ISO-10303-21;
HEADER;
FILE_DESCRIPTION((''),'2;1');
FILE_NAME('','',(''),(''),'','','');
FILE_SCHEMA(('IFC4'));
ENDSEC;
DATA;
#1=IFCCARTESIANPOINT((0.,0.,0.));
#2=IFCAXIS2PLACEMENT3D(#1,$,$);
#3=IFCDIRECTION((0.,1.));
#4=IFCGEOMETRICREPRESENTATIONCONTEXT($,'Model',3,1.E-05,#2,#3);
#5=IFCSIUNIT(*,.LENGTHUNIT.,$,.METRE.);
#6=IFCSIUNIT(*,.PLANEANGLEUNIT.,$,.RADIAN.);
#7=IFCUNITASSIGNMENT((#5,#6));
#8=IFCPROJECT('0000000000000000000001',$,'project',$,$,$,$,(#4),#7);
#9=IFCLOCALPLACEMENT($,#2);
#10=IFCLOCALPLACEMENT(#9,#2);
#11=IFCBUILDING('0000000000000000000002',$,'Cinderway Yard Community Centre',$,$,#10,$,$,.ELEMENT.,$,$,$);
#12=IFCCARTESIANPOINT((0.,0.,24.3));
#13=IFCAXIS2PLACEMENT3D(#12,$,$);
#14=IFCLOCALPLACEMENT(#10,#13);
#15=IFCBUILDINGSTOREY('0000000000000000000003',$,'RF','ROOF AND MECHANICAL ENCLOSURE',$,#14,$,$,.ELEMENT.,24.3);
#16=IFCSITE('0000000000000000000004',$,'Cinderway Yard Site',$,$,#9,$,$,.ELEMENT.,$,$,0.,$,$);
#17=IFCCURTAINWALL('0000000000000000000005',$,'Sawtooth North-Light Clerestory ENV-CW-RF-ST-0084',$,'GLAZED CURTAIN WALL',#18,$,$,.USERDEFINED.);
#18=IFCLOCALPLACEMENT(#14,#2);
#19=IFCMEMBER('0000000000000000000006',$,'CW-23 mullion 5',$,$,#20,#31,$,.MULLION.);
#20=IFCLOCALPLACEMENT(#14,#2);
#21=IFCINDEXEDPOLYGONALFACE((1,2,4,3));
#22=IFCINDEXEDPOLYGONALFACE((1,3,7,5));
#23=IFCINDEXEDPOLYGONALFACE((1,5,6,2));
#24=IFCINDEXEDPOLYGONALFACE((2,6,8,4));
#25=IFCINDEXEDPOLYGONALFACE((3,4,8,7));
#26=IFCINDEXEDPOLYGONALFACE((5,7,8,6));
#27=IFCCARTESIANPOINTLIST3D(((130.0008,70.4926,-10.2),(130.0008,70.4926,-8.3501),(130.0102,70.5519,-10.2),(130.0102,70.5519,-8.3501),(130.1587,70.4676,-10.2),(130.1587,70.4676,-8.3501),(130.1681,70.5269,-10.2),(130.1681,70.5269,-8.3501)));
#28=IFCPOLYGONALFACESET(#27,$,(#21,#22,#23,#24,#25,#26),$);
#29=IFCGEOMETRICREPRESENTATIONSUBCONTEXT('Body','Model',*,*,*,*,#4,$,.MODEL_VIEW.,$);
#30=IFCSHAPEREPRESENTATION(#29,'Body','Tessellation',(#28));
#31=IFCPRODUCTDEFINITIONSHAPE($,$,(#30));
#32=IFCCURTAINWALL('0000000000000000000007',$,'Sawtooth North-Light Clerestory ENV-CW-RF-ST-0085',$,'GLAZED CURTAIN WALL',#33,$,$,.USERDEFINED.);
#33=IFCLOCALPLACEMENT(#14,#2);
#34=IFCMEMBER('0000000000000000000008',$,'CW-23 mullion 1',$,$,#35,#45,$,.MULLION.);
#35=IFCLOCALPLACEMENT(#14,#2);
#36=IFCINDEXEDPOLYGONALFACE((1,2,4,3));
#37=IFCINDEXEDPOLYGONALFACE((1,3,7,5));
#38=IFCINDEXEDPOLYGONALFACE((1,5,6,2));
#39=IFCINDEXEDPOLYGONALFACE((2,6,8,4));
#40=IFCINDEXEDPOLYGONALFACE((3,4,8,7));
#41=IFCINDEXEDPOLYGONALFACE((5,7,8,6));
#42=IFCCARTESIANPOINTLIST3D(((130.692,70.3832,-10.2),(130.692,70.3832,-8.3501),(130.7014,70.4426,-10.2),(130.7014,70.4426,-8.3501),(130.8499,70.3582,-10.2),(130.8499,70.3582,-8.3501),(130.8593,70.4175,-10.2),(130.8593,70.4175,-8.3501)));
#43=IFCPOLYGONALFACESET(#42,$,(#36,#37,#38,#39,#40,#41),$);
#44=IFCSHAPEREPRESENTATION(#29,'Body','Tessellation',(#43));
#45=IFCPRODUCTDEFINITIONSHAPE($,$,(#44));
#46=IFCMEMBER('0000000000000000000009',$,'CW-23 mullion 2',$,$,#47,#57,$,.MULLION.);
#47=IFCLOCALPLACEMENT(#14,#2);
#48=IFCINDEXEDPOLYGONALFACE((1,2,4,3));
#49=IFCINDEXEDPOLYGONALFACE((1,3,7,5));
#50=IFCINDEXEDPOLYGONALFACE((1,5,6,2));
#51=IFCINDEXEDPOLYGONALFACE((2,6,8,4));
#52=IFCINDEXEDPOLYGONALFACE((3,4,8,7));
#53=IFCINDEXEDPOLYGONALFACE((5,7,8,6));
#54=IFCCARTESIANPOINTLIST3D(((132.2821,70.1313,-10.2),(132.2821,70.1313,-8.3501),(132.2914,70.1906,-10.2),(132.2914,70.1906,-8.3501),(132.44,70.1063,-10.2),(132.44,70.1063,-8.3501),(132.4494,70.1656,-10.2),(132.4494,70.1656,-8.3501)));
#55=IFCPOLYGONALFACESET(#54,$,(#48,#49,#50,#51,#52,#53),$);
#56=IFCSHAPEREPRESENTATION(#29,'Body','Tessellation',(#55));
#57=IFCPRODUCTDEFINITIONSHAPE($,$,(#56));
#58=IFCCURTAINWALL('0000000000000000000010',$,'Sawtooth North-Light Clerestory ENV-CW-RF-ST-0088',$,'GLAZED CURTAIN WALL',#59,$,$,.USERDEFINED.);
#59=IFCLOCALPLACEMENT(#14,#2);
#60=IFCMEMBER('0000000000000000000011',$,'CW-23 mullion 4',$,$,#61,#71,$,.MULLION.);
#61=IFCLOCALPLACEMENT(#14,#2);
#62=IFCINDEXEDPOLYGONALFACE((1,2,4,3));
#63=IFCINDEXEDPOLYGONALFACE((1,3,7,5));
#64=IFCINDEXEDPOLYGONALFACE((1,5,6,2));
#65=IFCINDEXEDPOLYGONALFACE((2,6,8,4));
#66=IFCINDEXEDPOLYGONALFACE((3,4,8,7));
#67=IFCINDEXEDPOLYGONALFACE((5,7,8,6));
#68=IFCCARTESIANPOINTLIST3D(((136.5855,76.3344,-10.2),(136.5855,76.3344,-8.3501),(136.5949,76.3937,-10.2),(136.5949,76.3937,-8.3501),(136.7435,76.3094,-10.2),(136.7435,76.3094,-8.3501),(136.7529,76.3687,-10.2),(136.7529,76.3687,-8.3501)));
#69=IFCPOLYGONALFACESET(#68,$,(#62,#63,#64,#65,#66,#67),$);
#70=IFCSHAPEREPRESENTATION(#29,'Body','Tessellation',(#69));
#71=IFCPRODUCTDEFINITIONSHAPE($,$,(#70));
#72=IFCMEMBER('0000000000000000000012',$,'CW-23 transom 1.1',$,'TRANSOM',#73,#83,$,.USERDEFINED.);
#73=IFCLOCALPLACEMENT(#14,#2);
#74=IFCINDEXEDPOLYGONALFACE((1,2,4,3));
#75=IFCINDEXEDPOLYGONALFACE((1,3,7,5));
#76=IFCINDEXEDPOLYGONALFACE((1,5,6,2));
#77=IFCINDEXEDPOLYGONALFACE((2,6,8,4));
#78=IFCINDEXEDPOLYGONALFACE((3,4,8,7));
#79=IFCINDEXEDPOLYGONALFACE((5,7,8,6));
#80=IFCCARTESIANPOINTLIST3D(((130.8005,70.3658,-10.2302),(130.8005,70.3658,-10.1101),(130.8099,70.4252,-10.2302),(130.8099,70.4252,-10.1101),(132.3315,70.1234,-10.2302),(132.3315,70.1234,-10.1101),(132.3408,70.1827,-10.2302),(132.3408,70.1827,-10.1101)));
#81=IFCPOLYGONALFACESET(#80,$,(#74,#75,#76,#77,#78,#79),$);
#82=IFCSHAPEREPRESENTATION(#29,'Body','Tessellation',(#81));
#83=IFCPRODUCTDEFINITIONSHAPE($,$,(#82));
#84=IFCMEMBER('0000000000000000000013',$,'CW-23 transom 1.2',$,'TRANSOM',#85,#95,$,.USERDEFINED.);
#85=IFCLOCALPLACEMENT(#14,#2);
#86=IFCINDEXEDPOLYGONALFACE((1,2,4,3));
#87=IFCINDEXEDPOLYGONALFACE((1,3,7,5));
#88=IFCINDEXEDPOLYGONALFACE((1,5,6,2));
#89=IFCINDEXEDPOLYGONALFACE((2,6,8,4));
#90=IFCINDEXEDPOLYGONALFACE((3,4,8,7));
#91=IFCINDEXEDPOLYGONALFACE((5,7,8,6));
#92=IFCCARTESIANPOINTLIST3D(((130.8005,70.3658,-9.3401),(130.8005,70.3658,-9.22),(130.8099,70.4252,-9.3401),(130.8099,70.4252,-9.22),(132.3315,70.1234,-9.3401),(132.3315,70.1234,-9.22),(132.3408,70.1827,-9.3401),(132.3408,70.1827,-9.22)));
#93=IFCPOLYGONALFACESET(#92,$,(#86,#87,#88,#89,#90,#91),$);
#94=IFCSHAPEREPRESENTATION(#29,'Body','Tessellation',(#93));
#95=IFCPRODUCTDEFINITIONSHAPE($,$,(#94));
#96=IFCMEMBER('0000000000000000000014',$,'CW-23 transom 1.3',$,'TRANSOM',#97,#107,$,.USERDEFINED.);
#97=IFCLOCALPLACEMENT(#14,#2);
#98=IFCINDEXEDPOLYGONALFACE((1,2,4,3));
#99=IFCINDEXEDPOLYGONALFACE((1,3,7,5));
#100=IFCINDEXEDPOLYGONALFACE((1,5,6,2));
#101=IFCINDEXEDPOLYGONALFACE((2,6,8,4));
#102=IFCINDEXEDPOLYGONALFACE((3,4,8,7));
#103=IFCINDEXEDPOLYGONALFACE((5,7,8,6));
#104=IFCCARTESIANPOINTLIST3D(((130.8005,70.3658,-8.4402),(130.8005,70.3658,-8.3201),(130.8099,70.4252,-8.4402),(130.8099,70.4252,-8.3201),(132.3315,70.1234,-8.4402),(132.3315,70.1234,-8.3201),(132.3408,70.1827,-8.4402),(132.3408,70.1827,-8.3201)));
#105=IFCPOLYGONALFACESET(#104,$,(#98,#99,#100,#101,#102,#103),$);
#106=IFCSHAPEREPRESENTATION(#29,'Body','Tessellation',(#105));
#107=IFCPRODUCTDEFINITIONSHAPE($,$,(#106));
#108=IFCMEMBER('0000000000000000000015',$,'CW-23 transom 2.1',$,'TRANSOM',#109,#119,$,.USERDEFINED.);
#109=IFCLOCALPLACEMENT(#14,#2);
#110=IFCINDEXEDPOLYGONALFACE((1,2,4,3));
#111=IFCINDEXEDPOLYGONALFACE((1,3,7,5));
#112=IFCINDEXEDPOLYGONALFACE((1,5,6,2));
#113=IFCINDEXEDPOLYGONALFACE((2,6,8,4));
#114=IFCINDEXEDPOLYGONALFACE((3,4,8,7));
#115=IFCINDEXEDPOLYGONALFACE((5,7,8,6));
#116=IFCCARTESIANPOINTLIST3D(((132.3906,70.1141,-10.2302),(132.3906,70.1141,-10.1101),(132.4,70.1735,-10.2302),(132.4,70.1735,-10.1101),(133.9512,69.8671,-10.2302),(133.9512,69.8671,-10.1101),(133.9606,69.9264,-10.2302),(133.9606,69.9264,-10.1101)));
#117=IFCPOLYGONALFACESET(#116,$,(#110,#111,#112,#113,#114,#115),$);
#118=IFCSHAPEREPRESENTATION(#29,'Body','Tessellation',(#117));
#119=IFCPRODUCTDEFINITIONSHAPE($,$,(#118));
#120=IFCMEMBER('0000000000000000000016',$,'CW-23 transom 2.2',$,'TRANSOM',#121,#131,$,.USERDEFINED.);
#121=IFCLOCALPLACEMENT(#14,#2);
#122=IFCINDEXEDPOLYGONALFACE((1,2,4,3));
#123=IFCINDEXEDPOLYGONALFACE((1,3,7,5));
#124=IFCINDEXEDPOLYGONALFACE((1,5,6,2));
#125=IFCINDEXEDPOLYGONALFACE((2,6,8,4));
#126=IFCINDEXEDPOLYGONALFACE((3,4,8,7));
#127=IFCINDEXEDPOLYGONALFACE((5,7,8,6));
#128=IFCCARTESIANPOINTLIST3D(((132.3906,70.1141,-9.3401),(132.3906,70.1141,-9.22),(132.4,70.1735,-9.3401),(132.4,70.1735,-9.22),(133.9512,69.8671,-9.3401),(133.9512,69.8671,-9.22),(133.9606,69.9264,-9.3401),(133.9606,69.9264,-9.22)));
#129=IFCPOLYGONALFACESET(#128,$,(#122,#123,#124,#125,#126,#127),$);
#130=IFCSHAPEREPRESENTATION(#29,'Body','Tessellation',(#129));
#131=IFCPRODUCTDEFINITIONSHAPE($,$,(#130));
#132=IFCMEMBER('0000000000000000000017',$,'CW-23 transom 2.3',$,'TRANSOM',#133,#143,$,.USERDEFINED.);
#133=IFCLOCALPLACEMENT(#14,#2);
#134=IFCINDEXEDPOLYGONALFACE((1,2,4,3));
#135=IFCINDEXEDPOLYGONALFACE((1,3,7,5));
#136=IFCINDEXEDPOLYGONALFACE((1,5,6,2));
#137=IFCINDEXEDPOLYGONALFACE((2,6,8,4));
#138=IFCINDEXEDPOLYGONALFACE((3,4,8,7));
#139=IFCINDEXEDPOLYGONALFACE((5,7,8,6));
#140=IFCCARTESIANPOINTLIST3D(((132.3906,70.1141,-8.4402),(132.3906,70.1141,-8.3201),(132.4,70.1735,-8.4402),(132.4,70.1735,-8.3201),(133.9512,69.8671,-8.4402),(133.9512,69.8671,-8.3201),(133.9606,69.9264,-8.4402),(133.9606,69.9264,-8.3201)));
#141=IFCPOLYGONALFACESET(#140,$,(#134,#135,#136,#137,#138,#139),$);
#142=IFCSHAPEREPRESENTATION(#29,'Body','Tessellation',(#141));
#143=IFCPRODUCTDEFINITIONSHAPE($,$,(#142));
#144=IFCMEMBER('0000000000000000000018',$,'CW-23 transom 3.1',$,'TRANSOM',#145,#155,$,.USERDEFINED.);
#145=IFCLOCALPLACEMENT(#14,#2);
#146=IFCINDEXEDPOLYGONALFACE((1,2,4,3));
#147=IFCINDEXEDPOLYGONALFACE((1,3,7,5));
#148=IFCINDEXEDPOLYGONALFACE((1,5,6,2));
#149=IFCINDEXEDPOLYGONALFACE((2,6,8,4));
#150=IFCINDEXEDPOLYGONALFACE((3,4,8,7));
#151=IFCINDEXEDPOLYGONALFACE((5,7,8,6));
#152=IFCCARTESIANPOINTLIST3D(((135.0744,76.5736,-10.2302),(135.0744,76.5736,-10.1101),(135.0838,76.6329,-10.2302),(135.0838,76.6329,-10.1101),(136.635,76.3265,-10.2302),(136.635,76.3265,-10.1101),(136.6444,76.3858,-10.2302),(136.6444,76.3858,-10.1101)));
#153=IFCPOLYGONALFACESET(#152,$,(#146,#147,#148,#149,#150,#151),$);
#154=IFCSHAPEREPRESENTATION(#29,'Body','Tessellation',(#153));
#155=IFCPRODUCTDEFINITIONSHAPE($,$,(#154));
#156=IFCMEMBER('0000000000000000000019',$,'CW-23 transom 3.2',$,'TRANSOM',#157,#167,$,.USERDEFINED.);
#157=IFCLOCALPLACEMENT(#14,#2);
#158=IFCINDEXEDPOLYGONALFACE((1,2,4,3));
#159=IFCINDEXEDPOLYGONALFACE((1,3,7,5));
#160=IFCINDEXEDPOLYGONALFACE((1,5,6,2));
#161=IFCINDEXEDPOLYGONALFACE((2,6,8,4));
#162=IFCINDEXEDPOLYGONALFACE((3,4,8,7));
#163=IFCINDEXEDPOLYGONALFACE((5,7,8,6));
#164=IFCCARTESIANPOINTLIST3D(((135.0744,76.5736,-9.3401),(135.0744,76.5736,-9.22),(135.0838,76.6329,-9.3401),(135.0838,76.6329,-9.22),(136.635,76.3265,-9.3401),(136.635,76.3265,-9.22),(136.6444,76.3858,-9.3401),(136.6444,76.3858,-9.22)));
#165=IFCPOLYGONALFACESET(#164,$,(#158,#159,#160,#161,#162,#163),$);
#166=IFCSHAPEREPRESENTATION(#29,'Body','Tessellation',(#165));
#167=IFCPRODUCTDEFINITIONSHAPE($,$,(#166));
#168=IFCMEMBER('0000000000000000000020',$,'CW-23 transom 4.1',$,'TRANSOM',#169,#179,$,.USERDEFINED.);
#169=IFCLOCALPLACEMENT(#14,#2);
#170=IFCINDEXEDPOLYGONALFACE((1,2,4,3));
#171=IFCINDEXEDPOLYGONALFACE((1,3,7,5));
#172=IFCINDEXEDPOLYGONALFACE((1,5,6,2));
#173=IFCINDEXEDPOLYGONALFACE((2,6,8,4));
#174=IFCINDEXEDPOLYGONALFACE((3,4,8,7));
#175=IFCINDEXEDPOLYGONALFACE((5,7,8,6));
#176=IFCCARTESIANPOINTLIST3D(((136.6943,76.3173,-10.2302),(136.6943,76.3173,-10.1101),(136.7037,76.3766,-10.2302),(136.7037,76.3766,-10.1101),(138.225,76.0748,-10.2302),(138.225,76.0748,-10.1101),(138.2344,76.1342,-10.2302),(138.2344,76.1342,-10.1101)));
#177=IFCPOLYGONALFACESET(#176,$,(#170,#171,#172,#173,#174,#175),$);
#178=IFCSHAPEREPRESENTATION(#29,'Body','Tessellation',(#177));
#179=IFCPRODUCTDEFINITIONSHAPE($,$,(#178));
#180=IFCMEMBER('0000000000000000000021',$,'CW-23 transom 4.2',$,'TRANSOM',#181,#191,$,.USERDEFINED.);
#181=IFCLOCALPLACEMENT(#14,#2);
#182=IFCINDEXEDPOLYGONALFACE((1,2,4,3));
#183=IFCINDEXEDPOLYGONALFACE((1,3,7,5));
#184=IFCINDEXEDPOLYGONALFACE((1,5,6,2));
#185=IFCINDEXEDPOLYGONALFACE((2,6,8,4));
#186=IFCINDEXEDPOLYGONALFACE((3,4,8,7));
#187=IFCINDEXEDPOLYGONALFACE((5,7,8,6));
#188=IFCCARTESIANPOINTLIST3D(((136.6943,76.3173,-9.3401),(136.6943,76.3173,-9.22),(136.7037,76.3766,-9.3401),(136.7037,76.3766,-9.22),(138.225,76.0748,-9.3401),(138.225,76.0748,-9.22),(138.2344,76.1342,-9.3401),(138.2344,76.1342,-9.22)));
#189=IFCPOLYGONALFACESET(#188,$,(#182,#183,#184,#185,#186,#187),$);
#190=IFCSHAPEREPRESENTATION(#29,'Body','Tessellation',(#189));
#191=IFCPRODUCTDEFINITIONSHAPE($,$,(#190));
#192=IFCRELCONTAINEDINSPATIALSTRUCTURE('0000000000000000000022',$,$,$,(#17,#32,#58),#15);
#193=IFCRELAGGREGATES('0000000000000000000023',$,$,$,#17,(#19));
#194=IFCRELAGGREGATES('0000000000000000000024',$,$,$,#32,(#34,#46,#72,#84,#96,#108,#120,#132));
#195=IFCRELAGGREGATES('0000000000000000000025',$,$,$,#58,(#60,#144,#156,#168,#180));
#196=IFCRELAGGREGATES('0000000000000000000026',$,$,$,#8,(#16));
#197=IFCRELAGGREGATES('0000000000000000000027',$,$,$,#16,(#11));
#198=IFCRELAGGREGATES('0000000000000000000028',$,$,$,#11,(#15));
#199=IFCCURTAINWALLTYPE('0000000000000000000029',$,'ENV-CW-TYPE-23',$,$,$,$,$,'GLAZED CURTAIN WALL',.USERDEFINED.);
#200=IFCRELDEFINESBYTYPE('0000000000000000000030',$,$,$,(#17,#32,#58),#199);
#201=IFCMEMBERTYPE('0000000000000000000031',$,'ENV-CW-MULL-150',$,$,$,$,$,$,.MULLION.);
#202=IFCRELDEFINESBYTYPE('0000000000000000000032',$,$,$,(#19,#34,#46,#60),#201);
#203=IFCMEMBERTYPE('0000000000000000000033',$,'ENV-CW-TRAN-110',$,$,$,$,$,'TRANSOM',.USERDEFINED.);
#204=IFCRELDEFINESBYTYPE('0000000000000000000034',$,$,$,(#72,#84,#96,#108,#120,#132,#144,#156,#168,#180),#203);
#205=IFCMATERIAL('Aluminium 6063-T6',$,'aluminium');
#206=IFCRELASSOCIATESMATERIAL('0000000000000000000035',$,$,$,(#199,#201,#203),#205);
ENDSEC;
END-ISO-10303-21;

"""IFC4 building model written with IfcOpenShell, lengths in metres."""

from ifc_helpers import new_model, si_unit, direction, frame, origin, origin_2d, place, context, subcontext, project, spatial, rectangle, extrude, material, material_profile, profile_set, type_object, element, aggregate, save


model = new_model("IFC4")

# Units and contexts
model_context = context("Model", 3, precision=1e-05, world=origin(), true_north=direction((0.0, 1.0)))
body_context = subcontext(model_context, "Body", "Model", "MODEL_VIEW")
ifc_project = project(units=[si_unit("LENGTHUNIT", "METRE"), si_unit("PLANEANGLEUNIT", "RADIAN")], contexts=[model_context])

# Site, building, storey
site_placement = place(None, origin())
site = spatial("IfcSite", under=ifc_project, at=site_placement, Name="Cinderway Yard Site", CompositionType="ELEMENT", RefElevation=0.0)
building_placement = place(site_placement, origin())
building = spatial("IfcBuilding", under=site, at=building_placement, Name="Cinderway Yard Community Centre", CompositionType="ELEMENT")
storey_placement = place(building_placement, frame((0.0, 0.0, 24.3)))
storey = spatial("IfcBuildingStorey", under=building, at=storey_placement, Name="RF", Description="ROOF AND MECHANICAL ENCLOSURE", CompositionType="ELEMENT", Elevation=24.3)

# Curtain wall, member
ifc_material_1 = material(Name="Aluminium 6063-T6", Category="aluminium")
curtain_wall_type = type_object("IfcCurtainWallType", Name="ENV-CW-TYPE-23", ElementType="GLAZED CURTAIN WALL", PredefinedType="USERDEFINED", material=ifc_material_1)
curtain_wall_1_placement = place(storey_placement, origin())
curtain_wall_1 = element("IfcCurtainWall", 1, at=curtain_wall_1_placement, inside=storey, type_object=curtain_wall_type, Name="Sawtooth North-Light Clerestory ENV-CW-RF-ST-0084", ObjectType="GLAZED CURTAIN WALL", PredefinedType="USERDEFINED")
ifc_material_profile_1 = material_profile(ifc_material_1, rectangle(XDim=0.0601, YDim=0.1599, at=origin_2d()), Name="Aluminium 6063-T6")
ifc_profile_set_1 = profile_set([ifc_material_profile_1], Name="Aluminium 6063-T6")
member_type_1 = type_object("IfcMemberType", Name="ENV-CW-MULL-150", PredefinedType="MULLION", material=ifc_profile_set_1)
member_1_placement = place(storey_placement, frame((130.0845, 70.5098, -10.2), z_axis=(0.0, 0.0, 1.0), x_axis=(0.156409, 0.987692, 0.0)))
member_1 = element("IfcMember", 2, at=member_1_placement, type_object=member_type_1, Name="CW-23 mullion 5", PredefinedType="MULLION", context=body_context, shape_type="SweptSolid", body=[
    extrude(rectangle(XDim=0.0601, YDim=0.1599, at=origin_2d()), origin(), (0.0, 0.0, 1.0), 1.8499),
])

# Curtain wall, members
curtain_wall_2_placement = place(storey_placement, origin())
curtain_wall_2 = element("IfcCurtainWall", 3, at=curtain_wall_2_placement, inside=storey, type_object=curtain_wall_type, Name="Sawtooth North-Light Clerestory ENV-CW-RF-ST-0085", ObjectType="GLAZED CURTAIN WALL", PredefinedType="USERDEFINED")
member_2_placement = place(storey_placement, frame((130.7756, 70.4004, -10.2), z_axis=(0.0, 0.0, 1.0), x_axis=(0.156409, 0.987692, 0.0)))
member_2 = element("IfcMember", 4, at=member_2_placement, type_object=member_type_1, Name="CW-23 mullion 1", PredefinedType="MULLION", context=body_context, shape_type="SweptSolid", body=[
    extrude(rectangle(XDim=0.0601, YDim=0.1599, at=origin_2d()), origin(), (0.0, 0.0, 1.0), 1.8499),
])
member_3_placement = place(storey_placement, frame((132.3657, 70.1484, -10.2), z_axis=(0.0, 0.0, 1.0), x_axis=(0.156409, 0.987692, 0.0)))
member_3 = element("IfcMember", 5, at=member_3_placement, type_object=member_type_1, Name="CW-23 mullion 2", PredefinedType="MULLION", context=body_context, shape_type="SweptSolid", body=[
    extrude(rectangle(XDim=0.0601, YDim=0.1599, at=origin_2d()), origin(), (0.0, 0.0, 1.0), 1.8499),
])

# Curtain wall, member
curtain_wall_3_placement = place(storey_placement, origin())
curtain_wall_3 = element("IfcCurtainWall", 6, at=curtain_wall_3_placement, inside=storey, type_object=curtain_wall_type, Name="Sawtooth North-Light Clerestory ENV-CW-RF-ST-0088", ObjectType="GLAZED CURTAIN WALL", PredefinedType="USERDEFINED")
member_4_placement = place(storey_placement, frame((136.6692, 76.3516, -10.2), z_axis=(0.0, 0.0, 1.0), x_axis=(0.156409, 0.987692, 0.0)))
member_4 = element("IfcMember", 7, at=member_4_placement, type_object=member_type_1, Name="CW-23 mullion 4", PredefinedType="MULLION", context=body_context, shape_type="SweptSolid", body=[
    extrude(rectangle(XDim=0.0601, YDim=0.1599, at=origin_2d()), origin(), (0.0, 0.0, 1.0), 1.8499),
])

# Members
ifc_material_profile_2 = material_profile(ifc_material_1, rectangle(XDim=0.0601, YDim=0.1201, at=origin_2d()), Name="Aluminium 6063-T6")
ifc_profile_set_2 = profile_set([ifc_material_profile_2], Name="Aluminium 6063-T6")
member_type_2 = type_object("IfcMemberType", Name="ENV-CW-TRAN-110", ElementType="TRANSOM", PredefinedType="USERDEFINED", material=ifc_profile_set_2)
member_5_placement = place(storey_placement, frame((130.8052, 70.3955, -10.1702), z_axis=(0.987694, -0.156399, 0.0), x_axis=(0.156399, 0.987694, 0.0)))
member_5 = element("IfcMember", 8, at=member_5_placement, type_object=member_type_2, Name="CW-23 transom 1.1", ObjectType="TRANSOM", PredefinedType="USERDEFINED", context=body_context, shape_type="SweptSolid", body=[
    extrude(rectangle(XDim=0.0601, YDim=0.1201, at=origin_2d()), origin(), (0.0, 0.0, 1.0), 1.55),
])
member_6_placement = place(storey_placement, frame((130.8052, 70.3955, -9.28), z_axis=(0.987694, -0.156399, 0.0), x_axis=(0.156399, 0.987694, 0.0)))
member_6 = element("IfcMember", 9, at=member_6_placement, type_object=member_type_2, Name="CW-23 transom 1.2", ObjectType="TRANSOM", PredefinedType="USERDEFINED", context=body_context, shape_type="SweptSolid", body=[
    extrude(rectangle(XDim=0.0601, YDim=0.1201, at=origin_2d()), origin(), (0.0, 0.0, 1.0), 1.55),
])
member_7_placement = place(storey_placement, frame((130.8052, 70.3955, -8.3801), z_axis=(0.987694, -0.156399, 0.0), x_axis=(0.156399, 0.987694, 0.0)))
member_7 = element("IfcMember", 10, at=member_7_placement, type_object=member_type_2, Name="CW-23 transom 1.3", ObjectType="TRANSOM", PredefinedType="USERDEFINED", context=body_context, shape_type="SweptSolid", body=[
    extrude(rectangle(XDim=0.0601, YDim=0.1201, at=origin_2d()), origin(), (0.0, 0.0, 1.0), 1.55),
])
member_8_placement = place(storey_placement, frame((132.3953, 70.1438, -10.1702), z_axis=(0.987698, -0.156375, 0.0), x_axis=(0.156375, 0.987698, 0.0)))
member_8 = element("IfcMember", 11, at=member_8_placement, type_object=member_type_2, Name="CW-23 transom 2.1", ObjectType="TRANSOM", PredefinedType="USERDEFINED", context=body_context, shape_type="SweptSolid", body=[
    extrude(rectangle(XDim=0.0601, YDim=0.1201, at=origin_2d()), origin(), (0.0, 0.0, 1.0), 1.5801),
])
member_9_placement = place(storey_placement, frame((132.3953, 70.1438, -9.28), z_axis=(0.987698, -0.156375, 0.0), x_axis=(0.156375, 0.987698, 0.0)))
member_9 = element("IfcMember", 12, at=member_9_placement, type_object=member_type_2, Name="CW-23 transom 2.2", ObjectType="TRANSOM", PredefinedType="USERDEFINED", context=body_context, shape_type="SweptSolid", body=[
    extrude(rectangle(XDim=0.0601, YDim=0.1201, at=origin_2d()), origin(), (0.0, 0.0, 1.0), 1.5801),
])
member_10_placement = place(storey_placement, frame((132.3953, 70.1438, -8.3801), z_axis=(0.987698, -0.156375, 0.0), x_axis=(0.156375, 0.987698, 0.0)))
member_10 = element("IfcMember", 13, at=member_10_placement, type_object=member_type_2, Name="CW-23 transom 2.3", ObjectType="TRANSOM", PredefinedType="USERDEFINED", context=body_context, shape_type="SweptSolid", body=[
    extrude(rectangle(XDim=0.0601, YDim=0.1201, at=origin_2d()), origin(), (0.0, 0.0, 1.0), 1.5801),
])
member_11_placement = place(storey_placement, frame((135.0791, 76.6033, -10.1702), z_axis=(0.987698, -0.156375, 0.0), x_axis=(0.156375, 0.987698, 0.0)))
member_11 = element("IfcMember", 14, at=member_11_placement, type_object=member_type_2, Name="CW-23 transom 3.1", ObjectType="TRANSOM", PredefinedType="USERDEFINED", context=body_context, shape_type="SweptSolid", body=[
    extrude(rectangle(XDim=0.0601, YDim=0.1201, at=origin_2d()), origin(), (0.0, 0.0, 1.0), 1.5801),
])
member_12_placement = place(storey_placement, frame((135.0791, 76.6033, -9.28), z_axis=(0.987698, -0.156375, 0.0), x_axis=(0.156375, 0.987698, 0.0)))
member_12 = element("IfcMember", 15, at=member_12_placement, type_object=member_type_2, Name="CW-23 transom 3.2", ObjectType="TRANSOM", PredefinedType="USERDEFINED", context=body_context, shape_type="SweptSolid", body=[
    extrude(rectangle(XDim=0.0601, YDim=0.1201, at=origin_2d()), origin(), (0.0, 0.0, 1.0), 1.5801),
])
member_13_placement = place(storey_placement, frame((136.699, 76.3469, -10.1702), z_axis=(0.98769, -0.156424, 0.0), x_axis=(0.156424, 0.98769, 0.0)))
member_13 = element("IfcMember", 16, at=member_13_placement, type_object=member_type_2, Name="CW-23 transom 4.1", ObjectType="TRANSOM", PredefinedType="USERDEFINED", context=body_context, shape_type="SweptSolid", body=[
    extrude(rectangle(XDim=0.0601, YDim=0.1201, at=origin_2d()), origin(), (0.0, 0.0, 1.0), 1.5498),
])
member_14_placement = place(storey_placement, frame((136.699, 76.3469, -9.28), z_axis=(0.98769, -0.156424, 0.0), x_axis=(0.156424, 0.98769, 0.0)))
member_14 = element("IfcMember", 17, at=member_14_placement, type_object=member_type_2, Name="CW-23 transom 4.2", ObjectType="TRANSOM", PredefinedType="USERDEFINED", context=body_context, shape_type="SweptSolid", body=[
    extrude(rectangle(XDim=0.0601, YDim=0.1201, at=origin_2d()), origin(), (0.0, 0.0, 1.0), 1.5498),
])

aggregate(curtain_wall_1, [member_1])
aggregate(curtain_wall_2, [member_2, member_3, member_5, member_6, member_7, member_8, member_9, member_10])
aggregate(curtain_wall_3, [member_4, member_11, member_12, member_13, member_14])

save(model, "model.ifc")
